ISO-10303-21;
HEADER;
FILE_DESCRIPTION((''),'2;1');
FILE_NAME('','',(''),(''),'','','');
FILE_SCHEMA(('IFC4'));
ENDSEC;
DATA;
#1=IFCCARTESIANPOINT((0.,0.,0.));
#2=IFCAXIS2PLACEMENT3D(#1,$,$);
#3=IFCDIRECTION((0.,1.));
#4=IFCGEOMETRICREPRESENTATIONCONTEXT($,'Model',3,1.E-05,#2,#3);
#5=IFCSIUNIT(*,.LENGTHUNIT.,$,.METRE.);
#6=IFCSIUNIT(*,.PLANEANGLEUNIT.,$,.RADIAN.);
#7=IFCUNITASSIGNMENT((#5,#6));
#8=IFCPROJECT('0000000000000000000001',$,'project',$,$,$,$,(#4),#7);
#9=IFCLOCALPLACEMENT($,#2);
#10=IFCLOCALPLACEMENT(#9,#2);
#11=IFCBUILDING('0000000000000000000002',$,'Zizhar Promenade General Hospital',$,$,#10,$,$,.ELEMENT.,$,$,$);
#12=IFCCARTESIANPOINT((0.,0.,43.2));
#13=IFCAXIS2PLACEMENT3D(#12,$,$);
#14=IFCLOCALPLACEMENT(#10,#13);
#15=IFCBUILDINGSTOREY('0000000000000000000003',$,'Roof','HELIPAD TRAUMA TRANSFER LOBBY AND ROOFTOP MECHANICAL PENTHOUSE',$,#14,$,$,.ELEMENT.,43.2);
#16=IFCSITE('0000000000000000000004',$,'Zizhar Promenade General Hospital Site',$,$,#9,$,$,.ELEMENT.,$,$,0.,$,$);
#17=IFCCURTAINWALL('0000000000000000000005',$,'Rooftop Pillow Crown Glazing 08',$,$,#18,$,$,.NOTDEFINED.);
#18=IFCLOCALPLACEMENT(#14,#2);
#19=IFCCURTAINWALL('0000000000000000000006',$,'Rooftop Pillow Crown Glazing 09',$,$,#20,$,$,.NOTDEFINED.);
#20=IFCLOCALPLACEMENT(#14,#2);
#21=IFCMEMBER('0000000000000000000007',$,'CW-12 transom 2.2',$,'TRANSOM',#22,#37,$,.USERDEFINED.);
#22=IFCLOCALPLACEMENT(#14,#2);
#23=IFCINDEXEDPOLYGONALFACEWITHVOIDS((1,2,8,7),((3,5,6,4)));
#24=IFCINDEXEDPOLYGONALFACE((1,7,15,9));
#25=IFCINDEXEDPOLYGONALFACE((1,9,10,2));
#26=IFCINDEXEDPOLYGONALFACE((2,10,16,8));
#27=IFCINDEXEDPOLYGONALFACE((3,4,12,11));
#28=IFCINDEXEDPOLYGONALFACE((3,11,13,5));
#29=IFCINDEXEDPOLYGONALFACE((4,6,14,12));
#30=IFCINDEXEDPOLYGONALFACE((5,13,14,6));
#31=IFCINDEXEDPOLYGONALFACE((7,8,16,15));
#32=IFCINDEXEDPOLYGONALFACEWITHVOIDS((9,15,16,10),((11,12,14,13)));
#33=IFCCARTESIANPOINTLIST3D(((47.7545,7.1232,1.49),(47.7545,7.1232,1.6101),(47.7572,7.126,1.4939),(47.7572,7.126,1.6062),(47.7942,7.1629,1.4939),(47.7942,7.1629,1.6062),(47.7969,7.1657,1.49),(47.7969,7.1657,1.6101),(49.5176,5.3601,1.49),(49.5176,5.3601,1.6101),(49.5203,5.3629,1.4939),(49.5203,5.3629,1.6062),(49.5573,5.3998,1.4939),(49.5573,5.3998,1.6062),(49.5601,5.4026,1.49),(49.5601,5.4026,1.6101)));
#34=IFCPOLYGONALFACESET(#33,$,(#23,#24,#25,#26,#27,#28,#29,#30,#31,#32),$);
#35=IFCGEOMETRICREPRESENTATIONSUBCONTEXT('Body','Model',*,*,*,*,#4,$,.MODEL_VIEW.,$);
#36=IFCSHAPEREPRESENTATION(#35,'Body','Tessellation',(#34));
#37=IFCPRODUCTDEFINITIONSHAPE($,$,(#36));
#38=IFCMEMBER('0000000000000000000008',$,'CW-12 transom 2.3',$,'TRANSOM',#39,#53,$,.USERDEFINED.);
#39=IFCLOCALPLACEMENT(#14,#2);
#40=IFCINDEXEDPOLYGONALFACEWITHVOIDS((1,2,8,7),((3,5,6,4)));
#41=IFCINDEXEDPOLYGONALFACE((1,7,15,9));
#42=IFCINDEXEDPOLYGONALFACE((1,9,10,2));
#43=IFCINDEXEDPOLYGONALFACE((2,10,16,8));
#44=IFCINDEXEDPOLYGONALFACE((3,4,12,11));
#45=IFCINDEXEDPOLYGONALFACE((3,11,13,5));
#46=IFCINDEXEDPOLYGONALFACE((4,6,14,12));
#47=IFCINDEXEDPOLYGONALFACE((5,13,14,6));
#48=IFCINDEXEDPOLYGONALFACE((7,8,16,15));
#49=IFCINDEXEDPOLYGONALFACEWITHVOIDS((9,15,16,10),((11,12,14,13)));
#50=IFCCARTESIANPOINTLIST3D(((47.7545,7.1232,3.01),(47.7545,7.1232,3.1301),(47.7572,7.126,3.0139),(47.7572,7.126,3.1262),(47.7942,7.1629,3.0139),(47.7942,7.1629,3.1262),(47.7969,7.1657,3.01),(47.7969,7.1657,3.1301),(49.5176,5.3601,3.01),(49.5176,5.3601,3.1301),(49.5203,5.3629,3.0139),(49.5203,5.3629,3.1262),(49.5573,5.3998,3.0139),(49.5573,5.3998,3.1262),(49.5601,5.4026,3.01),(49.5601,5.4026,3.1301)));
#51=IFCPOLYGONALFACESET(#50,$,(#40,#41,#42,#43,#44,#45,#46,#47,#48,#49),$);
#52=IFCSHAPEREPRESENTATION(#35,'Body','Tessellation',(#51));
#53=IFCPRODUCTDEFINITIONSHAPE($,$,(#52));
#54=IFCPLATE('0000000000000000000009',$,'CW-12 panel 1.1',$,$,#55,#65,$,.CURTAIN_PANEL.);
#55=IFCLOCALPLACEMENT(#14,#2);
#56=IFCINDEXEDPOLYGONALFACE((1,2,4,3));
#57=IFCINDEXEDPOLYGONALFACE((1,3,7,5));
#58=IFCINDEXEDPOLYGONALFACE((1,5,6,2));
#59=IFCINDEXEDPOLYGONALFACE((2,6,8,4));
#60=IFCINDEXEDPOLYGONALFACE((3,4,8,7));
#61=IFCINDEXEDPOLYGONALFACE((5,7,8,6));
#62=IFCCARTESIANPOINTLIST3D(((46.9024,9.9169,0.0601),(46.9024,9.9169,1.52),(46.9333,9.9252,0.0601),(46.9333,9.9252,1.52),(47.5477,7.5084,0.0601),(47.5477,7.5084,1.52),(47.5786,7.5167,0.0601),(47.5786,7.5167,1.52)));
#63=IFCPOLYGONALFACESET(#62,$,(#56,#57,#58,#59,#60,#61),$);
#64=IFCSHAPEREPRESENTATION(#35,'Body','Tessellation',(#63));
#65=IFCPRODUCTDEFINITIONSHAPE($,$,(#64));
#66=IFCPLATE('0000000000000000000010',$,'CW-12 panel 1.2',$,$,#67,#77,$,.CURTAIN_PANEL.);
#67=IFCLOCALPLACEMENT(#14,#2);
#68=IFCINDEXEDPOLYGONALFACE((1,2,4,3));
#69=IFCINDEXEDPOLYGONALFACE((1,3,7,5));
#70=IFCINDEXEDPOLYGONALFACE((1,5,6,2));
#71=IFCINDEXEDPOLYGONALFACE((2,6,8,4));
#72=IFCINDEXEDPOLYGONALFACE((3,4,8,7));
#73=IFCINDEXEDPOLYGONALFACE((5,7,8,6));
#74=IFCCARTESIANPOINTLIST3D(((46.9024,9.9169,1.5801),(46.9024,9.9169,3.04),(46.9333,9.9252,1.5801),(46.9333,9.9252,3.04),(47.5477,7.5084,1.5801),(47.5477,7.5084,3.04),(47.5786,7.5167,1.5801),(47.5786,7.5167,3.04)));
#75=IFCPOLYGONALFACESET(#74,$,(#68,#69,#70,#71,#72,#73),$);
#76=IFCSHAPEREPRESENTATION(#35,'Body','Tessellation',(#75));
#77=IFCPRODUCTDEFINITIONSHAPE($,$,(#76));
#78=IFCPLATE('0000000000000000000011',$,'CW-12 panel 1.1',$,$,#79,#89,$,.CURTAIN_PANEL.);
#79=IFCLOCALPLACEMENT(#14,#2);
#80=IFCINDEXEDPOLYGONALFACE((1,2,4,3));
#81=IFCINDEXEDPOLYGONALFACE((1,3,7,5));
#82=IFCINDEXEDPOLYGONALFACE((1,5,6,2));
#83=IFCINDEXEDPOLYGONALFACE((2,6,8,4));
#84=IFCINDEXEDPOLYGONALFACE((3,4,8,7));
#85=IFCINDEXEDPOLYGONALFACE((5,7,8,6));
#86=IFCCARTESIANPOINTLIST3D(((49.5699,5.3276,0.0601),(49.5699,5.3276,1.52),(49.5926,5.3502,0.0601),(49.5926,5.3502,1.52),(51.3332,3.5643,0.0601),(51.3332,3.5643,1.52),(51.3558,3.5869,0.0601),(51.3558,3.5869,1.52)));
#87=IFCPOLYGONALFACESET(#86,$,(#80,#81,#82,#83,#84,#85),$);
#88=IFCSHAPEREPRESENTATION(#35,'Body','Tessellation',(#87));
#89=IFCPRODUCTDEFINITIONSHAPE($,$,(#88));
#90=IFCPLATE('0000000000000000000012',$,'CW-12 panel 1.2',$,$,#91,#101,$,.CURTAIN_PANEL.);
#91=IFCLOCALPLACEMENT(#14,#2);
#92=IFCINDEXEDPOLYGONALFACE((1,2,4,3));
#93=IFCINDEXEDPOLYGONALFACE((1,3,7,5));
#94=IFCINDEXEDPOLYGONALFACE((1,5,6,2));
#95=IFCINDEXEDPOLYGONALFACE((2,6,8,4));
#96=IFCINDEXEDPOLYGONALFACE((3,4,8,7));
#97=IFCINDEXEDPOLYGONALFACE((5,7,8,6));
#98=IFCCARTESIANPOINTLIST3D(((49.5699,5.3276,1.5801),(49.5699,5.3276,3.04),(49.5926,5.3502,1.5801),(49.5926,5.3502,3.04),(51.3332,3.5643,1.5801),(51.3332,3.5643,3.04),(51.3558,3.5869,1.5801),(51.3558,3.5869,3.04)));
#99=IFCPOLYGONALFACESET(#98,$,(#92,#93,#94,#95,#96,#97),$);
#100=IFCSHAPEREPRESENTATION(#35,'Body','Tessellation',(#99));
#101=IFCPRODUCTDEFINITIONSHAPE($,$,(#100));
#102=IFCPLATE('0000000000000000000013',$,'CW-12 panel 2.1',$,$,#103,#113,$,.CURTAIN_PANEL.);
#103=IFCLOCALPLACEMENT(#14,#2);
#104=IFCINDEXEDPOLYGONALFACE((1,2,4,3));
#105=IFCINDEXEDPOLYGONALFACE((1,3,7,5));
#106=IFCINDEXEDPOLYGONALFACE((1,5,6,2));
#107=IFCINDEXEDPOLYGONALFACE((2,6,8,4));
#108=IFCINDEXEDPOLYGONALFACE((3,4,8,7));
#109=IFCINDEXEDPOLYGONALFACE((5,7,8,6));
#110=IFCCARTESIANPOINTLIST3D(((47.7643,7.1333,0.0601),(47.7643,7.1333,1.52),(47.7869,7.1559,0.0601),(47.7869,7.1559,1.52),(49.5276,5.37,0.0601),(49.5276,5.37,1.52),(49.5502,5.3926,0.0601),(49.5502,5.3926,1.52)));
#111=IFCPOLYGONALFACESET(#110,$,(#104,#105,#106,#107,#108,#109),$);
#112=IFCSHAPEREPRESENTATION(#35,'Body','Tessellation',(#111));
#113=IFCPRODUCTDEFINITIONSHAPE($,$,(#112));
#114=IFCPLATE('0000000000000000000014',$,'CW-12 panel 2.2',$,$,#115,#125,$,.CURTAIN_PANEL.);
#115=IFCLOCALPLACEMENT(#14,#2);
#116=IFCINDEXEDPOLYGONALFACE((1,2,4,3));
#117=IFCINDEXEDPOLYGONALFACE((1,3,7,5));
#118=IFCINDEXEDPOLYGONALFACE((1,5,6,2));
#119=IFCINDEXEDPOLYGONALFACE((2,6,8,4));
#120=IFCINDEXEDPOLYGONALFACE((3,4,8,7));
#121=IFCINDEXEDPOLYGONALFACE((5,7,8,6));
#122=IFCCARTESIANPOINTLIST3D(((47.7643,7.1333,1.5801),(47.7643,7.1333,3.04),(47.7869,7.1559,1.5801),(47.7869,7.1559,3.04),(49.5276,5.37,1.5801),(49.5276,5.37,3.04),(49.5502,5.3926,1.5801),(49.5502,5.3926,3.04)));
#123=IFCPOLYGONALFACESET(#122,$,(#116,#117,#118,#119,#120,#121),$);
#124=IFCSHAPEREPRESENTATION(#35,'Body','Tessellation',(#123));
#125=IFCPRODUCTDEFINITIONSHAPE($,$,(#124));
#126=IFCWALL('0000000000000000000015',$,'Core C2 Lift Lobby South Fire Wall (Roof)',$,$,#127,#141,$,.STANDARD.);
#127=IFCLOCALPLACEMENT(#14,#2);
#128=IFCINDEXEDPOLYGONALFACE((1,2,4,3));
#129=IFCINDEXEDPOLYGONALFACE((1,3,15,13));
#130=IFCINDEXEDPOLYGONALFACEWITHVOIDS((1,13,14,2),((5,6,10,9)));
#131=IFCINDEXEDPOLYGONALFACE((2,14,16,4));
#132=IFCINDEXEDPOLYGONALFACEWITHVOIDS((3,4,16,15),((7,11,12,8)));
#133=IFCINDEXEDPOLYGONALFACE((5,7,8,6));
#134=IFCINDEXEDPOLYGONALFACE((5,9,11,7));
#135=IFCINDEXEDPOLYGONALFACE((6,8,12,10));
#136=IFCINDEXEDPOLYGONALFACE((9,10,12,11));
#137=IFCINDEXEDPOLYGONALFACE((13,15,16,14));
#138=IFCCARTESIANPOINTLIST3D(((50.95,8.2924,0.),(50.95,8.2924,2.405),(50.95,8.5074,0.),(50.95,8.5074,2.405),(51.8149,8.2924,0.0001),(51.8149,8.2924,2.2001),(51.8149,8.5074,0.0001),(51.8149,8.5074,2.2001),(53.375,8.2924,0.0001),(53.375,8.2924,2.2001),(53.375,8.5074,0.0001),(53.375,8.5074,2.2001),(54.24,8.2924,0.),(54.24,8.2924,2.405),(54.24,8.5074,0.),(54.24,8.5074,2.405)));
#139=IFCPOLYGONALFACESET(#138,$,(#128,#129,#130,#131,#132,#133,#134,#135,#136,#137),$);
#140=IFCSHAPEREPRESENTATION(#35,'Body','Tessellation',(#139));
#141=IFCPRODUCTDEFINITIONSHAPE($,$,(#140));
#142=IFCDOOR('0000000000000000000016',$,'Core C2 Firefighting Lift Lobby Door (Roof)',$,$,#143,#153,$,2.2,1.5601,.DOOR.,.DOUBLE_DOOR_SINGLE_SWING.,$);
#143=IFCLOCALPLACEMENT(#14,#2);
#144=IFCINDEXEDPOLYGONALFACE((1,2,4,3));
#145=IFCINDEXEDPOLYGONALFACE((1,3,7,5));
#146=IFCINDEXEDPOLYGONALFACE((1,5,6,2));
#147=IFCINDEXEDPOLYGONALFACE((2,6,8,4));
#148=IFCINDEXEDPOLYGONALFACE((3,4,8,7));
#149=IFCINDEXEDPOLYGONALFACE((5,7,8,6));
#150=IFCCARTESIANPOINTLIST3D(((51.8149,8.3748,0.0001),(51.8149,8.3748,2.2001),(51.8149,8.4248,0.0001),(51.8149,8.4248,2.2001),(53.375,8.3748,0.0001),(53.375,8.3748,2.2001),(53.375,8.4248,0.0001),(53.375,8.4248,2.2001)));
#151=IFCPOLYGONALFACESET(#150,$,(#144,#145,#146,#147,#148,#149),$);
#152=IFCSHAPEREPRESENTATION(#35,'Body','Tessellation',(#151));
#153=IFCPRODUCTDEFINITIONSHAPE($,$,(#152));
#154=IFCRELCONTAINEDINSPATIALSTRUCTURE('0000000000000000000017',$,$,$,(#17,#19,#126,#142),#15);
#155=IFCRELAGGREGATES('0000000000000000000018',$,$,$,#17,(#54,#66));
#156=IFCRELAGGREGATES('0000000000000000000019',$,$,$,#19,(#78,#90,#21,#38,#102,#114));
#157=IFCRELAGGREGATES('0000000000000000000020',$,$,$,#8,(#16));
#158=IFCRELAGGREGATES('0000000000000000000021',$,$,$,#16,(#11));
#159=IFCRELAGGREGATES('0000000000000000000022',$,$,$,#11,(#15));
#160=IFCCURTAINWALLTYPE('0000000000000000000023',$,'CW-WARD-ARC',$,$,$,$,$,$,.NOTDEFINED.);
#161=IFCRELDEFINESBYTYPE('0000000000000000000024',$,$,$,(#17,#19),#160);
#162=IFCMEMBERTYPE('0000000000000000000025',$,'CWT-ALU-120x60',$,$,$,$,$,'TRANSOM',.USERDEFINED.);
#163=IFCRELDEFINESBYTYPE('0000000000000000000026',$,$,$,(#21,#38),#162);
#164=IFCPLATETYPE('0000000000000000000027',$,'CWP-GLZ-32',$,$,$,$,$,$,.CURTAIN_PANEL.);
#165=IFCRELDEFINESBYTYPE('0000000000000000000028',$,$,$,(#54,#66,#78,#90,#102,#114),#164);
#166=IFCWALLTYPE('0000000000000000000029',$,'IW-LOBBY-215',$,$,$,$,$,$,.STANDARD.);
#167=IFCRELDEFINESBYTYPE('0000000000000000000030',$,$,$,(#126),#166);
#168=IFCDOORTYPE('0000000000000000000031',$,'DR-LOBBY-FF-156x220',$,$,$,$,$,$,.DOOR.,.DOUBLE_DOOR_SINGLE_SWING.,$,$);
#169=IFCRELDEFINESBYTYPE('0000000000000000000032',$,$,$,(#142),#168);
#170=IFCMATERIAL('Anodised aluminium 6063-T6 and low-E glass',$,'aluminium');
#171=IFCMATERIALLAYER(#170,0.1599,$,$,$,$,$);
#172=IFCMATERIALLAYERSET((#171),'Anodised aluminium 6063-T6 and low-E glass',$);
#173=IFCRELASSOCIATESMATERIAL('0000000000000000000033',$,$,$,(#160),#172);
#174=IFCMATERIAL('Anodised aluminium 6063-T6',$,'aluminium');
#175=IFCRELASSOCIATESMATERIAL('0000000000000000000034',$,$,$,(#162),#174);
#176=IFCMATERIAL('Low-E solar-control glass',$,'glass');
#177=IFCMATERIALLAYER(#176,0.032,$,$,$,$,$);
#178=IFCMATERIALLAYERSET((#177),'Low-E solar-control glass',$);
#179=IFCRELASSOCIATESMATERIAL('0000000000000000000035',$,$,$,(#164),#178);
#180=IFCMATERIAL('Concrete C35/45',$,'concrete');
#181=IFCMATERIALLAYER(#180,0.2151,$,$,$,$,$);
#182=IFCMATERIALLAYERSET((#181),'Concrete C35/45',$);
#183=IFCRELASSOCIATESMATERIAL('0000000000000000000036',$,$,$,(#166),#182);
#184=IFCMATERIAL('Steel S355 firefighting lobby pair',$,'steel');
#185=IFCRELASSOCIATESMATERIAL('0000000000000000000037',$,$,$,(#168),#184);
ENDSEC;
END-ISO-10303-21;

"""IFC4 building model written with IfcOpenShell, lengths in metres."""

from ifc_helpers import new_model, si_unit, direction, frame, frame_2d, origin, origin_2d, place, context, subcontext, project, spatial, rectangle, hollow_rectangle, extrude, material, layer, layer_set, material_profile, profile_set, type_object, element, fill, aggregate, save


model = new_model("IFC4")

# Units and contexts
model_context = context("Model", 3, precision=1e-05, world=origin(), true_north=direction((0.0, 1.0)))
body_context = subcontext(model_context, "Body", "Model", "MODEL_VIEW")
ifc_project = project(units=[si_unit("LENGTHUNIT", "METRE"), si_unit("PLANEANGLEUNIT", "RADIAN")], contexts=[model_context])

# Site, building, storey
site_placement = place(None, origin())
site = spatial("IfcSite", under=ifc_project, at=site_placement, Name="Zizhar Promenade General Hospital Site", CompositionType="ELEMENT", RefElevation=0.0)
building_placement = place(site_placement, origin())
building = spatial("IfcBuilding", under=site, at=building_placement, Name="Zizhar Promenade General Hospital", CompositionType="ELEMENT")
storey_placement = place(building_placement, frame((0.0, 0.0, 43.2)))
storey = spatial("IfcBuildingStorey", under=building, at=storey_placement, Name="Roof", Description="HELIPAD TRAUMA TRANSFER LOBBY AND ROOFTOP MECHANICAL PENTHOUSE", CompositionType="ELEMENT", Elevation=43.2)

# Curtain walls
ifc_material_1 = material(Name="Anodised aluminium 6063-T6 and low-E glass", Category="aluminium")
ifc_layer_1 = layer(ifc_material_1, 0.1599)
ifc_layer_set_1 = layer_set([ifc_layer_1], Name="Anodised aluminium 6063-T6 and low-E glass")
curtain_wall_type = type_object("IfcCurtainWallType", Name="CW-WARD-ARC", PredefinedType="NOTDEFINED", material=ifc_layer_set_1)
curtain_wall_1_placement = place(storey_placement, origin())
curtain_wall_1 = element("IfcCurtainWall", 1, at=curtain_wall_1_placement, inside=storey, type_object=curtain_wall_type, Name="Rooftop Pillow Crown Glazing 08", PredefinedType="NOTDEFINED")
curtain_wall_2_placement = place(storey_placement, origin())
curtain_wall_2 = element("IfcCurtainWall", 2, at=curtain_wall_2_placement, inside=storey, type_object=curtain_wall_type, Name="Rooftop Pillow Crown Glazing 09", PredefinedType="NOTDEFINED")

# Members
ifc_material_2 = material(Name="Anodised aluminium 6063-T6", Category="aluminium")
ifc_material_profile_1 = material_profile(ifc_material_2, hollow_rectangle(XDim=0.0601, YDim=0.1201, WallThickness=0.0039, at=origin_2d()))
ifc_profile_set_1 = profile_set([ifc_material_profile_1], Name="Anodised aluminium 6063-T6")
member_type_1 = type_object("IfcMemberType", Name="CWT-ALU-120x60", ElementType="TRANSOM", PredefinedType="USERDEFINED", material=ifc_profile_set_1)
member_1_placement = place(storey_placement, frame((49.5388, 5.3813, 1.55), z_axis=(-0.707107, 0.707107, 0.0), x_axis=(-0.707107, -0.707107, 0.0)))
member_1 = element("IfcMember", 3, at=member_1_placement, type_object=member_type_1, Name="CW-12 transom 2.2", ObjectType="TRANSOM", PredefinedType="USERDEFINED", context=body_context, shape_type="SweptSolid", body=[
    extrude(hollow_rectangle(XDim=0.0601, YDim=0.1201, WallThickness=0.0039, at=origin_2d()), origin(), (0.0, 0.0, 1.0), 2.4934),
])
member_2_placement = place(storey_placement, frame((49.5388, 5.3813, 3.0701), z_axis=(-0.707107, 0.707107, 0.0), x_axis=(-0.707107, -0.707107, 0.0)))
member_2 = element("IfcMember", 4, at=member_2_placement, type_object=member_type_1, Name="CW-12 transom 2.3", ObjectType="TRANSOM", PredefinedType="USERDEFINED", context=body_context, shape_type="SweptSolid", body=[
    extrude(hollow_rectangle(XDim=0.0601, YDim=0.1201, WallThickness=0.0039, at=origin_2d()), origin(), (0.0, 0.0, 1.0), 2.4934),
])

# Plates
ifc_material_3 = material(Name="Low-E solar-control glass", Category="glass")
ifc_layer_2 = layer(ifc_material_3, 0.032)
ifc_layer_set_2 = layer_set([ifc_layer_2], Name="Low-E solar-control glass")
plate_type = type_object("IfcPlateType", Name="CWP-GLZ-32", PredefinedType="CURTAIN_PANEL", material=ifc_layer_set_2)
plate_1_placement = place(storey_placement, frame((47.2405, 8.7168, 0.0601), z_axis=(0.0, 0.0, 1.0), x_axis=(-0.258813, 0.965927, 0.0)))
plate_1 = element("IfcPlate", 5, at=plate_1_placement, type_object=plate_type, Name="CW-12 panel 1.1", PredefinedType="CURTAIN_PANEL", context=body_context, shape_type="SweptSolid", body=[
    extrude(rectangle(XDim=2.4934, YDim=0.032, at=origin_2d()), origin(), (0.0, 0.0, 1.0), 1.46),
])
plate_2_placement = place(storey_placement, frame((47.2405, 8.7168, 1.5801), z_axis=(0.0, 0.0, 1.0), x_axis=(-0.258813, 0.965927, 0.0)))
plate_2 = element("IfcPlate", 6, at=plate_2_placement, type_object=plate_type, Name="CW-12 panel 1.2", PredefinedType="CURTAIN_PANEL", context=body_context, shape_type="SweptSolid", body=[
    extrude(rectangle(XDim=2.4934, YDim=0.032, at=origin_2d()), origin(), (0.0, 0.0, 1.0), 1.46),
])
aggregate(curtain_wall_1, [plate_1, plate_2])
plate_3_placement = place(storey_placement, frame((50.4629, 4.4573, 0.0601), z_axis=(0.0, 0.0, 1.0), x_axis=(-0.707107, 0.707107, 0.0)))
plate_3 = element("IfcPlate", 7, at=plate_3_placement, type_object=plate_type, Name="CW-12 panel 1.1", PredefinedType="CURTAIN_PANEL", context=body_context, shape_type="SweptSolid", body=[
    extrude(rectangle(XDim=2.4937, YDim=0.032, at=origin_2d()), origin(), (0.0, 0.0, 1.0), 1.46),
])
plate_4_placement = place(storey_placement, frame((50.4629, 4.4573, 1.5801), z_axis=(0.0, 0.0, 1.0), x_axis=(-0.707107, 0.707107, 0.0)))
plate_4 = element("IfcPlate", 8, at=plate_4_placement, type_object=plate_type, Name="CW-12 panel 1.2", PredefinedType="CURTAIN_PANEL", context=body_context, shape_type="SweptSolid", body=[
    extrude(rectangle(XDim=2.4937, YDim=0.032, at=origin_2d()), origin(), (0.0, 0.0, 1.0), 1.46),
])
plate_5_placement = place(storey_placement, frame((48.6572, 6.2629, 0.0601), z_axis=(0.0, 0.0, 1.0), x_axis=(-0.707107, 0.707107, 0.0)))
plate_5 = element("IfcPlate", 9, at=plate_5_placement, type_object=plate_type, Name="CW-12 panel 2.1", PredefinedType="CURTAIN_PANEL", context=body_context, shape_type="SweptSolid", body=[
    extrude(rectangle(XDim=2.4937, YDim=0.032, at=origin_2d()), origin(), (0.0, 0.0, 1.0), 1.46),
])
plate_6_placement = place(storey_placement, frame((48.6572, 6.2629, 1.5801), z_axis=(0.0, 0.0, 1.0), x_axis=(-0.707107, 0.707107, 0.0)))
plate_6 = element("IfcPlate", 10, at=plate_6_placement, type_object=plate_type, Name="CW-12 panel 2.2", PredefinedType="CURTAIN_PANEL", context=body_context, shape_type="SweptSolid", body=[
    extrude(rectangle(XDim=2.4937, YDim=0.032, at=origin_2d()), origin(), (0.0, 0.0, 1.0), 1.46),
])
aggregate(curtain_wall_2, [plate_3, plate_4, member_1, member_2, plate_5, plate_6])

# Wall, opening, door
ifc_material_4 = material(Name="Concrete C35/45", Category="concrete")
ifc_layer_3 = layer(ifc_material_4, 0.2151)
ifc_layer_set_3 = layer_set([ifc_layer_3], Name="Concrete C35/45")
wall_type_1 = type_object("IfcWallType", Name="IW-LOBBY-215", PredefinedType="STANDARD", material=ifc_layer_set_3)
wall_1_placement = place(storey_placement, frame((50.95, 8.3999, 0.0), z_axis=(0.0, 0.0, 1.0), x_axis=(1.0, 0.0, 0.0)))
wall_1 = element("IfcWall", 11, at=wall_1_placement, inside=storey, type_object=wall_type_1, Name="Core C2 Lift Lobby South Fire Wall (Roof)", PredefinedType="STANDARD", context=body_context, shape_type="SweptSolid", body=[
    extrude(rectangle(XDim=3.29, YDim=0.2151, at=frame_2d((1.645, 0.0))), origin(), (0.0, 0.0, 1.0), 2.405),
])
opening_1_placement = place(wall_1_placement, frame((0.865, 0.0, 0.0)))
opening_1 = element("IfcOpeningElement", 12, at=opening_1_placement, cuts=wall_1, PredefinedType="OPENING", context=body_context, shape_type="SweptSolid", body=[
    extrude(rectangle(XDim=1.5601, YDim=2.2, at=frame_2d((0.78, 1.1001))), frame((0.0, 0.1177, 0.0), z_axis=(0.0, -1.0, 0.0), x_axis=(1.0, 0.0, 0.0)), (0.0, 0.0, 1.0), 0.2351),
])
ifc_material_5 = material(Name="Steel S355 firefighting lobby pair", Category="steel")
door_type_1 = type_object("IfcDoorType", Name="DR-LOBBY-FF-156x220", OperationType="DOUBLE_DOOR_SINGLE_SWING", PredefinedType="DOOR", material=ifc_material_5)
door_1_placement = place(opening_1_placement, origin())
door_1 = element("IfcDoor", 13, at=door_1_placement, inside=storey, type_object=door_type_1, Name="Core C2 Firefighting Lift Lobby Door (Roof)", OperationType="DOUBLE_DOOR_SINGLE_SWING", OverallHeight=2.2, OverallWidth=1.5601, PredefinedType="DOOR", context=body_context, shape_type="SweptSolid", body=[
    extrude(rectangle(XDim=1.5601, YDim=2.2, at=frame_2d((0.78, 1.1001))), frame((0.0, 0.0249, 0.0), z_axis=(0.0, -1.0, 0.0), x_axis=(1.0, 0.0, 0.0)), (0.0, 0.0, 1.0), 0.05),
])
fill(opening_1, door_1)

save(model, "model.ifc")
